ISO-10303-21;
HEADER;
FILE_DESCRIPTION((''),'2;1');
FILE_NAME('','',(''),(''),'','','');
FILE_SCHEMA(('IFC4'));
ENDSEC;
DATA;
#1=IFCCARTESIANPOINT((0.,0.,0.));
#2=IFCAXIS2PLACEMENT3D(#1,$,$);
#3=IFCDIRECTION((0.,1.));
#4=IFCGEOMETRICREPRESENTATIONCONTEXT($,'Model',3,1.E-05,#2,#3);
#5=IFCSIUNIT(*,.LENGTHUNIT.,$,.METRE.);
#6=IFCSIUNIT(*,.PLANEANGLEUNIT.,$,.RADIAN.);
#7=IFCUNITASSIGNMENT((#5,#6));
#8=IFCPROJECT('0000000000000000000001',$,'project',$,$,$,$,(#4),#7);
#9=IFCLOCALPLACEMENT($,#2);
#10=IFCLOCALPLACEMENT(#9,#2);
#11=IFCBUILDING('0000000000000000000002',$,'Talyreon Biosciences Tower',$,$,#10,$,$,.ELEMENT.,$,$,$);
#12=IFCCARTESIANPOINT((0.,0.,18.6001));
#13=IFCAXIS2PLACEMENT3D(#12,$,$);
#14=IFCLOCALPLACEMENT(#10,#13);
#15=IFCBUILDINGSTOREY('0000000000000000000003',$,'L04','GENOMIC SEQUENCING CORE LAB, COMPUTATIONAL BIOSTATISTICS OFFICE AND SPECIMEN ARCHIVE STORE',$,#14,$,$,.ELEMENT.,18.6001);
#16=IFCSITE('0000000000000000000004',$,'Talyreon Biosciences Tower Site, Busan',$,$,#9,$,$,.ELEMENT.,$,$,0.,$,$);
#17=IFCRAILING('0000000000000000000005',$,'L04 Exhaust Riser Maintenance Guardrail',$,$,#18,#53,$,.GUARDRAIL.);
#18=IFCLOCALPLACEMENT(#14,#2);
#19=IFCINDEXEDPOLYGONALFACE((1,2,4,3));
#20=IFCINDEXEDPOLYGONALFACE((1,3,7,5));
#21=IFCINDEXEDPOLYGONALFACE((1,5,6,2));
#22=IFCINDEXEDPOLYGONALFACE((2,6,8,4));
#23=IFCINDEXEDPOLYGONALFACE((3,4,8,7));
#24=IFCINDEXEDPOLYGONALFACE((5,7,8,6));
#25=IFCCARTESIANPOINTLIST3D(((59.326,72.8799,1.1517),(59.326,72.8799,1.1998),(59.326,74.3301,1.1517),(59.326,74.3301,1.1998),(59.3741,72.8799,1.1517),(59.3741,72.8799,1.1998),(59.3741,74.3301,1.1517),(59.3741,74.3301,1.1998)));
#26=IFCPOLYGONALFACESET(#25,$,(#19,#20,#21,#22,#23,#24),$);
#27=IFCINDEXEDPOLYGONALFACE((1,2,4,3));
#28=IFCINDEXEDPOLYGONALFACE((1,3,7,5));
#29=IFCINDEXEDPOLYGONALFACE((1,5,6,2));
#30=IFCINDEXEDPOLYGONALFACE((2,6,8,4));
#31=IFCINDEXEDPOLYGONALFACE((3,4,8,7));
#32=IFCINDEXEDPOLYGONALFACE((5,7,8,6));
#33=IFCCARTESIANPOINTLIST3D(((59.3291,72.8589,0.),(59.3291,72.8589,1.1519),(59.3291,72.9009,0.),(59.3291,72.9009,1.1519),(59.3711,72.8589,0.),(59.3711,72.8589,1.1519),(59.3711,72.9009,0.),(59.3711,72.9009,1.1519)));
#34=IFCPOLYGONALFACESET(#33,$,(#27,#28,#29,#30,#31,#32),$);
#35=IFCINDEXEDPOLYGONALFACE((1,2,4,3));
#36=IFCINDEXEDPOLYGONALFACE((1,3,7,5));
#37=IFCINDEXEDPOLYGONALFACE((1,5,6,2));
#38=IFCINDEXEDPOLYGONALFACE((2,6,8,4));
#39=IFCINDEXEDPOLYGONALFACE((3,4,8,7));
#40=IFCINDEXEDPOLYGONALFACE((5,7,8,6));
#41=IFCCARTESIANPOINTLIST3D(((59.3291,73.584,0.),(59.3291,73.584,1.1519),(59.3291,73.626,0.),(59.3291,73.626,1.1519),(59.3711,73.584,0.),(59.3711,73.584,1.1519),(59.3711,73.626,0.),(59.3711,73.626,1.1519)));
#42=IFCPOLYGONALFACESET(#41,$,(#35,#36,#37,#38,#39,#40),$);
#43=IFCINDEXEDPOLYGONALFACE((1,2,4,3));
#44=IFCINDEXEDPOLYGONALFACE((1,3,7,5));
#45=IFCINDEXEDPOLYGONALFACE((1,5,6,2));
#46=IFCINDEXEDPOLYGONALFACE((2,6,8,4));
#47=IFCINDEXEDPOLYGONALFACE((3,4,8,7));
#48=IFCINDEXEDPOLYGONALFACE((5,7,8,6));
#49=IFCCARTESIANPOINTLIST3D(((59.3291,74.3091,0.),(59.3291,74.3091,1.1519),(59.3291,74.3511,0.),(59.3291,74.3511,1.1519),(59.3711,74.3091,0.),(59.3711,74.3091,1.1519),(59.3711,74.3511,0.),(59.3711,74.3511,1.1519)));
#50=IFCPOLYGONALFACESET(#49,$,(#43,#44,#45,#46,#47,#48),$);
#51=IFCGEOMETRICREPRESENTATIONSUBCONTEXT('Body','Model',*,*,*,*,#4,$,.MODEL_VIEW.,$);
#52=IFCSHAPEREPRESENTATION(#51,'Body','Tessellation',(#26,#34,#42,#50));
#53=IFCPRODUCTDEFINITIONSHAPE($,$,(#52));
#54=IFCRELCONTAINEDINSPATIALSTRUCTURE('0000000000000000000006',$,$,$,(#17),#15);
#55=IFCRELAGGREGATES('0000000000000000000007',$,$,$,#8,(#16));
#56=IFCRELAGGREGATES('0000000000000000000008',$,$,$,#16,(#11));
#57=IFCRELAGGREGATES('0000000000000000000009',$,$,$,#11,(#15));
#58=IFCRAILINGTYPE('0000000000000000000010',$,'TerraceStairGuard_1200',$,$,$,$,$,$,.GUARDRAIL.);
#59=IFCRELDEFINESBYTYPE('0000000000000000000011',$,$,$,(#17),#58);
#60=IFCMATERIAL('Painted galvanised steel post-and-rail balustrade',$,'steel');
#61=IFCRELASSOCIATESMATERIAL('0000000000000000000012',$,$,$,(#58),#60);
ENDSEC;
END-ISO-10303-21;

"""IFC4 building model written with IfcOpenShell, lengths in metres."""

from ifc_helpers import new_model, si_unit, direction, frame, origin, origin_2d, place, context, subcontext, project, spatial, rectangle, extrude, material, type_object, element, save


model = new_model("IFC4")

# Units and contexts
model_context = context("Model", 3, precision=1e-05, world=origin(), true_north=direction((0.0, 1.0)))
body_context = subcontext(model_context, "Body", "Model", "MODEL_VIEW")
ifc_project = project(units=[si_unit("LENGTHUNIT", "METRE"), si_unit("PLANEANGLEUNIT", "RADIAN")], contexts=[model_context])

# Site, building, storey
site_placement = place(None, origin())
site = spatial("IfcSite", under=ifc_project, at=site_placement, Name="Talyreon Biosciences Tower Site, Busan", CompositionType="ELEMENT", RefElevation=0.0)
building_placement = place(site_placement, origin())
building = spatial("IfcBuilding", under=site, at=building_placement, Name="Talyreon Biosciences Tower", CompositionType="ELEMENT")
storey_placement = place(building_placement, frame((0.0, 0.0, 18.6001)))
storey = spatial("IfcBuildingStorey", under=building, at=storey_placement, Name="L04", Description="GENOMIC SEQUENCING CORE LAB, COMPUTATIONAL BIOSTATISTICS OFFICE AND SPECIMEN ARCHIVE STORE", CompositionType="ELEMENT", Elevation=18.6001)

# Railing
ifc_material_1 = material(Name="Painted galvanised steel post-and-rail balustrade", Category="steel")
railing_type = type_object("IfcRailingType", Name="TerraceStairGuard_1200", PredefinedType="GUARDRAIL", material=ifc_material_1)
railing_placement = place(storey_placement, frame((59.3501, 72.8799, 0.0)))
element("IfcRailing", 1, at=railing_placement, inside=storey, type_object=railing_type, Name="L04 Exhaust Riser Maintenance Guardrail", PredefinedType="GUARDRAIL", context=body_context, shape_type="SweptSolid", body=[
    extrude(rectangle(XDim=0.0481, YDim=0.0481, at=origin_2d()), frame((0.0, 0.0, 1.1758), z_axis=(0.0, 1.0, 0.0), x_axis=(-1.0, 0.0, 0.0)), (0.0, 0.0, 1.0), 1.4502),
    extrude(rectangle(XDim=0.042, YDim=0.042, at=origin_2d()), origin(), (0.0, 0.0, 1.0), 1.1519),
    extrude(rectangle(XDim=0.042, YDim=0.042, at=origin_2d()), frame((0.0, 0.7251, 0.0)), (0.0, 0.0, 1.0), 1.1519),
    extrude(rectangle(XDim=0.042, YDim=0.042, at=origin_2d()), frame((0.0, 1.4502, 0.0)), (0.0, 0.0, 1.0), 1.1519),
])

save(model, "model.ifc")
